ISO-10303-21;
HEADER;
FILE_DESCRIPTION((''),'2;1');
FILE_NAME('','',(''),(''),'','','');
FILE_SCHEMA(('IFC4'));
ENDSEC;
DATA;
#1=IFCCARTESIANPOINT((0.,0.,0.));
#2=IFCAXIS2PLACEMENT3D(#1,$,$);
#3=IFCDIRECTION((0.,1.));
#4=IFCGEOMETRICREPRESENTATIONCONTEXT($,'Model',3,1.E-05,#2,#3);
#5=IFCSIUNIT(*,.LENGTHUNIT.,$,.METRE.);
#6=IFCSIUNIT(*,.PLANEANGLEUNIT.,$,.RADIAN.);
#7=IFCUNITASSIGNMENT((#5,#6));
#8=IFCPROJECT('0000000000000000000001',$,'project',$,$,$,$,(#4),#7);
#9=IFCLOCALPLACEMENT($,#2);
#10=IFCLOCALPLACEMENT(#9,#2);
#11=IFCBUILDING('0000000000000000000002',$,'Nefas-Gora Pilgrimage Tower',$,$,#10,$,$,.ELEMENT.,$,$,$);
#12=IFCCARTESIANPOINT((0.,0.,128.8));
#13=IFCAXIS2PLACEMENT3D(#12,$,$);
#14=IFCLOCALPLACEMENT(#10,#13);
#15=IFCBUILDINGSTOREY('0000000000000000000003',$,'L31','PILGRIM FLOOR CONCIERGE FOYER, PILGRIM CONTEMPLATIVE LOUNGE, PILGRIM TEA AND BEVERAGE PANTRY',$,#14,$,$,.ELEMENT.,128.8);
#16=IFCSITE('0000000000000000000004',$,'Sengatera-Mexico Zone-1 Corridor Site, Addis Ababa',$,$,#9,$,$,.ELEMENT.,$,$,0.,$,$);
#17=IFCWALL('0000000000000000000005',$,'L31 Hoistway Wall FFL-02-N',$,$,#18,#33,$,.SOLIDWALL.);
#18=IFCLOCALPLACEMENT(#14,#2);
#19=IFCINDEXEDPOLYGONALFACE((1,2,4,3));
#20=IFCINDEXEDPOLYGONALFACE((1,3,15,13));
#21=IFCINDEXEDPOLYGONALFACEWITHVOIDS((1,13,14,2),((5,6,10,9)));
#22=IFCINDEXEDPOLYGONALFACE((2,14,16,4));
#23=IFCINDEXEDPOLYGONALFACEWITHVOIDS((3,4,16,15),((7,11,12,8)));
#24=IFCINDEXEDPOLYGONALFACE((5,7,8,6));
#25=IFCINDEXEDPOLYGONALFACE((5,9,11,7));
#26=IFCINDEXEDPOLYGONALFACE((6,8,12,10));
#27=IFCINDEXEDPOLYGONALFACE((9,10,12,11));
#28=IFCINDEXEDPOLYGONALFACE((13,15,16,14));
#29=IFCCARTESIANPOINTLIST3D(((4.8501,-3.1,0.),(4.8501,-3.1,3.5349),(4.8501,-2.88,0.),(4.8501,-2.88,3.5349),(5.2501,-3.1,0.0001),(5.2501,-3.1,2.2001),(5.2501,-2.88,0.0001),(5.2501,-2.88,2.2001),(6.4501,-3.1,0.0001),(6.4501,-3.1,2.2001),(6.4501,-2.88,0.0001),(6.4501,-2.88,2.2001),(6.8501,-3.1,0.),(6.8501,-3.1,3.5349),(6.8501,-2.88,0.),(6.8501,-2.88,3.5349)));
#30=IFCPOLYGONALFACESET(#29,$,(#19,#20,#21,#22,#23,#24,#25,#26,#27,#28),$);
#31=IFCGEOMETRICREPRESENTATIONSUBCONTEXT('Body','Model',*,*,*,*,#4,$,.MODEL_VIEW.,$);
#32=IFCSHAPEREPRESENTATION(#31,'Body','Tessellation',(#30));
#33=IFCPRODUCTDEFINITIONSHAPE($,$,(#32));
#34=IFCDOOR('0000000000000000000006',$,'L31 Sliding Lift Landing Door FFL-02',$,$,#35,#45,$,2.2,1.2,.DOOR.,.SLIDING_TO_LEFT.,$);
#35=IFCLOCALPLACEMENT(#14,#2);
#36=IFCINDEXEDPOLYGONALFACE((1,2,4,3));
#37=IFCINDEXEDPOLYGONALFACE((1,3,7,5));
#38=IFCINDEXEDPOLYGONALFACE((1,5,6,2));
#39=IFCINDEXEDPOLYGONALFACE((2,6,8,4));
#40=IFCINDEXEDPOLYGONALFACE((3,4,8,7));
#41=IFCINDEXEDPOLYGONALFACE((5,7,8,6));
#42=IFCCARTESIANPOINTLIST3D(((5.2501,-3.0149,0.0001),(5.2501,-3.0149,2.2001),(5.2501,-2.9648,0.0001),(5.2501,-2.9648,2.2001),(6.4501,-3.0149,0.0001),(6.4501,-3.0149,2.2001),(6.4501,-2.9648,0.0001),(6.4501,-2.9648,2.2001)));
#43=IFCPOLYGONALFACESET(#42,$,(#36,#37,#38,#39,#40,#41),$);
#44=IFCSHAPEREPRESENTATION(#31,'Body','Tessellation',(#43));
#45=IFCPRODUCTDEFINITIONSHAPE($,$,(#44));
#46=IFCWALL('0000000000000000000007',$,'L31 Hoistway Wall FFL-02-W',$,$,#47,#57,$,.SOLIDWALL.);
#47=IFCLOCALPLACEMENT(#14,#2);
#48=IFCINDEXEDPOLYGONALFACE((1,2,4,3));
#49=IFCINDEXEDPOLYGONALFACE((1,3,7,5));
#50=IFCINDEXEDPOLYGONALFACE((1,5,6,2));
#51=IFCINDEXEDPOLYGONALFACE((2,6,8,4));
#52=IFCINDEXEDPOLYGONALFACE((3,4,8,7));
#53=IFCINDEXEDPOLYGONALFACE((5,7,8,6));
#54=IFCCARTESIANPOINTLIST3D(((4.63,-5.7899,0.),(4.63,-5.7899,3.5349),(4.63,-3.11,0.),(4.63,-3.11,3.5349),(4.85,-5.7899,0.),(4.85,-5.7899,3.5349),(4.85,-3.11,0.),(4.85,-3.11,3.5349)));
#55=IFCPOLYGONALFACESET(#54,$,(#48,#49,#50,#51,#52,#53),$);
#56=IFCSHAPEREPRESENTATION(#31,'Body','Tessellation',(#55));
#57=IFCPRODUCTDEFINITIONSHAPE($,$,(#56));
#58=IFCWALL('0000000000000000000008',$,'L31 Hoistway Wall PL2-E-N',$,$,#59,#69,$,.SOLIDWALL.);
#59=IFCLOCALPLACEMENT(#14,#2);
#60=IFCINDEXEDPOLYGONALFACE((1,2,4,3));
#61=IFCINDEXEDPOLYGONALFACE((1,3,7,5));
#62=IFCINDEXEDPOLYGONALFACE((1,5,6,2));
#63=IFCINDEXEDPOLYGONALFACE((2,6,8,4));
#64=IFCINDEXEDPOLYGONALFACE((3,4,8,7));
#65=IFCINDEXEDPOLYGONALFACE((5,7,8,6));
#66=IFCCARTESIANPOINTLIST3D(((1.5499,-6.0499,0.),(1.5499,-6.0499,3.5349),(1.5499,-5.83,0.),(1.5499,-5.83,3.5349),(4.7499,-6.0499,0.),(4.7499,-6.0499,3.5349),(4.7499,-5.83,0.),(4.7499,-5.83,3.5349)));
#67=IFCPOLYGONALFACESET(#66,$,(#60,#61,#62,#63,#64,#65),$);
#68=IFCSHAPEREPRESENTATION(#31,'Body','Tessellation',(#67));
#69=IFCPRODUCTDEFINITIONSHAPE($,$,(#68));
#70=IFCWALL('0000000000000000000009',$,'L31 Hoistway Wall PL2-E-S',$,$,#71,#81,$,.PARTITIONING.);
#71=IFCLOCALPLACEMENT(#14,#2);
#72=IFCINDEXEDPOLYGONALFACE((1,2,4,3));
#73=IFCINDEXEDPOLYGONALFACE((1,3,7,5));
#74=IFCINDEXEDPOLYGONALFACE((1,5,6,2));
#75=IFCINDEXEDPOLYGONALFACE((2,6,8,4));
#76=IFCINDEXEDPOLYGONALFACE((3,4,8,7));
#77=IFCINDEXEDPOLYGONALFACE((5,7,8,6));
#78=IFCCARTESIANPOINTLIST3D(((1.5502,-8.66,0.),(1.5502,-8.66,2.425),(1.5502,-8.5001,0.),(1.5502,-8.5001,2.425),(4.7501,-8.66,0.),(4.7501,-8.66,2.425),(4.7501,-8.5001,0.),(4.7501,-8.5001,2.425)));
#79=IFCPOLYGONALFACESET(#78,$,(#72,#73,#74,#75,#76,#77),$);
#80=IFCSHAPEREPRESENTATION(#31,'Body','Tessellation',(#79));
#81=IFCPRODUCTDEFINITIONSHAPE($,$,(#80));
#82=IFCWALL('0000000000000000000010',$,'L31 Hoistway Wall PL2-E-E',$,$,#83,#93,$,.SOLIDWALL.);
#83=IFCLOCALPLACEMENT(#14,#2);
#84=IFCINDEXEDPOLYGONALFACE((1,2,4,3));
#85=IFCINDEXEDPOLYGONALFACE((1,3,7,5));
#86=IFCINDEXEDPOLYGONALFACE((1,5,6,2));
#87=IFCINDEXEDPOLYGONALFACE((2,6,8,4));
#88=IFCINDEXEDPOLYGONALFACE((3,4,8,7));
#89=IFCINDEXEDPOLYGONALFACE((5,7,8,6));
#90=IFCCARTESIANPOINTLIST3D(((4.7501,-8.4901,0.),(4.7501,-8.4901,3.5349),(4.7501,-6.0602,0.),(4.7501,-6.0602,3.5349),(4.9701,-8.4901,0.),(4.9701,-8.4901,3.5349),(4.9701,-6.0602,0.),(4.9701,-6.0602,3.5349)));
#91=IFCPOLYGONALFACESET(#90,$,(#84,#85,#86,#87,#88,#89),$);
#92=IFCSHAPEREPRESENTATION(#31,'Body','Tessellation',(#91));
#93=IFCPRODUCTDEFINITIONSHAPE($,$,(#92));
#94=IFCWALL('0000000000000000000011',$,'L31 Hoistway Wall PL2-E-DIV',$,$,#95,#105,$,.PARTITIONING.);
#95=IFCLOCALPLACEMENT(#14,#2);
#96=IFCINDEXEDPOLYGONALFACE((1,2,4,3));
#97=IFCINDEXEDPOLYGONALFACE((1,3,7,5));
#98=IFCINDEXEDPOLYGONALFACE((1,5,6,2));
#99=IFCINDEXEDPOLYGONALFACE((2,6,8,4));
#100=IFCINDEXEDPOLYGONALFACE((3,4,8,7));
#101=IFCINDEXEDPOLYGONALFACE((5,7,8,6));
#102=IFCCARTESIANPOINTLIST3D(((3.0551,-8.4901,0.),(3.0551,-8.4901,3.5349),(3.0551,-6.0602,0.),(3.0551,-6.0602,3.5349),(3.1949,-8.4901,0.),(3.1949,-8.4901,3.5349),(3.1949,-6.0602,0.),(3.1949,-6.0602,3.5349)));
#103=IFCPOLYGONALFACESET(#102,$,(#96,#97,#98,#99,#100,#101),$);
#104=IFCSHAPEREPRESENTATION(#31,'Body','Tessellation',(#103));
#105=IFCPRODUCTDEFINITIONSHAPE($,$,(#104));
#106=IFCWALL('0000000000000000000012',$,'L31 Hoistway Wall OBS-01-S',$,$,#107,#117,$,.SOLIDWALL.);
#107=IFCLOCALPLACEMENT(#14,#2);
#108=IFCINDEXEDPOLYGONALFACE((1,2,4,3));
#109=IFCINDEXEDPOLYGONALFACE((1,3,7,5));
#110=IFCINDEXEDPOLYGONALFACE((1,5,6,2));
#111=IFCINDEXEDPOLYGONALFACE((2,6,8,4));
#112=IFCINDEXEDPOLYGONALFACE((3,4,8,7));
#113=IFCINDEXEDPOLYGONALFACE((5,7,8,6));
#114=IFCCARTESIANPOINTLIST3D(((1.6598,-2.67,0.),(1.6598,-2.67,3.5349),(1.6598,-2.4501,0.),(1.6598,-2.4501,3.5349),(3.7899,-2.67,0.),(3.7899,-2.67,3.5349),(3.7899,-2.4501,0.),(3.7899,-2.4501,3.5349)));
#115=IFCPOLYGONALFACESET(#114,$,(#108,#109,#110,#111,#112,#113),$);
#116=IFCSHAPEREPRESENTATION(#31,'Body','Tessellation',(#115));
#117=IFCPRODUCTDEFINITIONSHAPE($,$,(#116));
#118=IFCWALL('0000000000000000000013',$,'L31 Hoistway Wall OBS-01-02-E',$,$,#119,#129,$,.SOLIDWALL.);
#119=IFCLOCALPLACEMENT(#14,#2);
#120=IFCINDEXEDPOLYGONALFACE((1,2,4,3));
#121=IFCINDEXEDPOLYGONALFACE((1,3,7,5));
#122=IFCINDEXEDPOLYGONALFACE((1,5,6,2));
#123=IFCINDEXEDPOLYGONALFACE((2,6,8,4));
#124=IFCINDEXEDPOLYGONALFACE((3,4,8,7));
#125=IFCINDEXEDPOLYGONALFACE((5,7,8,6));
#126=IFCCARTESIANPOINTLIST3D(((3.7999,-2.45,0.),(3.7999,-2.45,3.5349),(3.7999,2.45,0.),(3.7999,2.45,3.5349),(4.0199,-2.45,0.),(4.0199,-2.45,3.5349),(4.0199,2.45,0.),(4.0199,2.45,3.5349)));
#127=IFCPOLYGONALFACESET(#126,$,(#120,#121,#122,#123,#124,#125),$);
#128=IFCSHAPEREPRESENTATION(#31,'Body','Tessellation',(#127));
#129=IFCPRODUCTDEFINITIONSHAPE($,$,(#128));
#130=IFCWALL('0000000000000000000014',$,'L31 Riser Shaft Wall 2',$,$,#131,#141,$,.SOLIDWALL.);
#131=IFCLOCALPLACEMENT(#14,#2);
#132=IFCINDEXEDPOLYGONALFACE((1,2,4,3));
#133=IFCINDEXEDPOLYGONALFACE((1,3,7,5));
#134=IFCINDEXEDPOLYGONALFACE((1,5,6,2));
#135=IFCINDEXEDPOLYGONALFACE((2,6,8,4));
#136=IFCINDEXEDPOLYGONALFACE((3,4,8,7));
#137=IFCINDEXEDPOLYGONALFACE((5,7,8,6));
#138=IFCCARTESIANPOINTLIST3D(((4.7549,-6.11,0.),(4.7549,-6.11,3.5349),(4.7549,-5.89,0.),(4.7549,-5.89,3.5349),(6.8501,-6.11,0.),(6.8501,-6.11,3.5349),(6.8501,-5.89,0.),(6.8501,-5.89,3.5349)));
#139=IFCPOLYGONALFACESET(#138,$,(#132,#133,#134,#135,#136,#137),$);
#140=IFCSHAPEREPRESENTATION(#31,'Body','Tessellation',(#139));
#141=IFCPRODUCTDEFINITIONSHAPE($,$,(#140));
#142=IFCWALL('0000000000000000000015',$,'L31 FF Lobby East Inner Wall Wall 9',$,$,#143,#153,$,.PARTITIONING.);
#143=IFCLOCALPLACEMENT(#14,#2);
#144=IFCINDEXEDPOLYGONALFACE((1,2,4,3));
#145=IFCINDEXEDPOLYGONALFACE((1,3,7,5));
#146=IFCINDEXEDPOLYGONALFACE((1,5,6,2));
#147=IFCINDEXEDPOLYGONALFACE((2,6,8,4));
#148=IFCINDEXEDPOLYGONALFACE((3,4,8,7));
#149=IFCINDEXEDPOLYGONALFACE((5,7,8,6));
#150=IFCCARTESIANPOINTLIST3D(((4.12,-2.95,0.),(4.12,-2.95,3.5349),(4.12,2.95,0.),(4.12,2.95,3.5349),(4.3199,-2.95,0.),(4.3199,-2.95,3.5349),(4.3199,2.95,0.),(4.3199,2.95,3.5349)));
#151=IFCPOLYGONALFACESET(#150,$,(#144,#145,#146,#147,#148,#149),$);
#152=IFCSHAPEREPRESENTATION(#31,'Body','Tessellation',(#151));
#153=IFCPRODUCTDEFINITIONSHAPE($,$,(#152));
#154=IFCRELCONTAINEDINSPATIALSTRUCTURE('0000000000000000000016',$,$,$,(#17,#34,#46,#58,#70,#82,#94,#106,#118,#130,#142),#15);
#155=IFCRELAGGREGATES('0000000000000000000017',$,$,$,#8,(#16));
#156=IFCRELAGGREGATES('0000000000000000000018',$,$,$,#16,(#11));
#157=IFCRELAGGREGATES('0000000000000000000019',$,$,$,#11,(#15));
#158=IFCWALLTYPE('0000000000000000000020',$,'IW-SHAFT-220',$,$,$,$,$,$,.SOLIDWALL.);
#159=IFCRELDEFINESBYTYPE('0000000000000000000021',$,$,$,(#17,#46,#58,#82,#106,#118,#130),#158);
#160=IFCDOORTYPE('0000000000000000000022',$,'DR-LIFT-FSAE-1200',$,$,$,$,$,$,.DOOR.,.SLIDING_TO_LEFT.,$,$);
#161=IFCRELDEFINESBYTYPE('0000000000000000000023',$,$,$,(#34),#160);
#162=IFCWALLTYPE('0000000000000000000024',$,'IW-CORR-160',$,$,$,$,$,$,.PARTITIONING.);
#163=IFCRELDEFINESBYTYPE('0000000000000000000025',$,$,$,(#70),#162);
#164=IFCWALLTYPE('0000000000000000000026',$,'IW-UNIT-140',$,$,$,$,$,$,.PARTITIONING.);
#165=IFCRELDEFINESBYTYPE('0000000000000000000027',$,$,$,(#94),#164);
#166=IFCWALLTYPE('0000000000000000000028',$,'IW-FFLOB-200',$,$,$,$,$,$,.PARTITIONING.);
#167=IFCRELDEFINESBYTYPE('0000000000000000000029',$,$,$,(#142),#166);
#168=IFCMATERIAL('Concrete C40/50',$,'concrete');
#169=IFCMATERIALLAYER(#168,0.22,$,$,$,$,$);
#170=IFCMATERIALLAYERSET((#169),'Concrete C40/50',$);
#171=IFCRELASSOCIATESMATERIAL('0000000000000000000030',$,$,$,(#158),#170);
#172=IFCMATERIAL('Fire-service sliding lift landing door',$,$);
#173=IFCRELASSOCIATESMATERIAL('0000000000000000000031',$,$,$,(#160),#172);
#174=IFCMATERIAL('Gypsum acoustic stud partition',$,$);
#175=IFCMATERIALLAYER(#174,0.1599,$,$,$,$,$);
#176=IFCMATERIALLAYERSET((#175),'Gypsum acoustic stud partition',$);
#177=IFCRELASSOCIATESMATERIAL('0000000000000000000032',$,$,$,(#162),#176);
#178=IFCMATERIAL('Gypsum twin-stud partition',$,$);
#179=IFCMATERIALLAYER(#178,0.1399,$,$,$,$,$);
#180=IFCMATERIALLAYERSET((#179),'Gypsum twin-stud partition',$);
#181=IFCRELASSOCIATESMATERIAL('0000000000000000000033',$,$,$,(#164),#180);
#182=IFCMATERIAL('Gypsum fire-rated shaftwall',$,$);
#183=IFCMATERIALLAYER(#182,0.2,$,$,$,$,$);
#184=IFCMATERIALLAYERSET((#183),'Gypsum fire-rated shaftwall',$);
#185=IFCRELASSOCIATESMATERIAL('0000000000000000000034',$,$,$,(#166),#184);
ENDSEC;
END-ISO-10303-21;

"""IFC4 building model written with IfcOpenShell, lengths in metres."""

from ifc_helpers import new_model, si_unit, direction, frame, frame_2d, origin, place, context, subcontext, project, spatial, rectangle, extrude, source, transform, mapped, material, layer, layer_set, type_object, element, fill, save


model = new_model("IFC4")

# Units and contexts
model_context = context("Model", 3, precision=1e-05, world=origin(), true_north=direction((0.0, 1.0)))
body_context = subcontext(model_context, "Body", "Model", "MODEL_VIEW")
ifc_project = project(units=[si_unit("LENGTHUNIT", "METRE"), si_unit("PLANEANGLEUNIT", "RADIAN")], contexts=[model_context])

# Site, building, storey
site_placement = place(None, origin())
site = spatial("IfcSite", under=ifc_project, at=site_placement, Name="Sengatera-Mexico Zone-1 Corridor Site, Addis Ababa", CompositionType="ELEMENT", RefElevation=0.0)
building_placement = place(site_placement, origin())
building = spatial("IfcBuilding", under=site, at=building_placement, Name="Nefas-Gora Pilgrimage Tower", CompositionType="ELEMENT")
storey_placement = place(building_placement, frame((0.0, 0.0, 128.8)))
storey = spatial("IfcBuildingStorey", under=building, at=storey_placement, Name="L31", Description="PILGRIM FLOOR CONCIERGE FOYER, PILGRIM CONTEMPLATIVE LOUNGE, PILGRIM TEA AND BEVERAGE PANTRY", CompositionType="ELEMENT", Elevation=128.8)

# Wall, opening, door
ifc_material_1 = material(Name="Concrete C40/50", Category="concrete")
ifc_layer_1 = layer(ifc_material_1, 0.22)
ifc_layer_set_1 = layer_set([ifc_layer_1], Name="Concrete C40/50")
wall_type_1 = type_object("IfcWallType", Name="IW-SHAFT-220", PredefinedType="SOLIDWALL", material=ifc_layer_set_1)
shared_shape_1 = source(origin(), body_context, "Body", "SweptSolid", [
    extrude(rectangle(XDim=2.0, YDim=0.22, at=frame_2d((1.0, 0.0))), origin(), (0.0, 0.0, 1.0), 3.5349),
])
wall_1_placement = place(storey_placement, frame((6.8501, -2.99, 0.0), z_axis=(0.0, 0.0, 1.0), x_axis=(-1.0, 0.0, 0.0)))
wall_1 = element("IfcWall", 1, at=wall_1_placement, inside=storey, type_object=wall_type_1, Name="L31 Hoistway Wall FFL-02-N", PredefinedType="SOLIDWALL", context=body_context, shape_type="MappedRepresentation", body=[
    mapped(shared_shape_1, transform((0.0, 0.0, 0.0), x_axis=(1.0, 0.0, 0.0), y_axis=(0.0, 1.0, 0.0), z_axis=(0.0, 0.0, 1.0), scale=1.0)),
])
opening_1_placement = place(wall_1_placement, frame((0.3999, 0.0, 0.0)))
opening_1 = element("IfcOpeningElement", 2, at=opening_1_placement, cuts=wall_1, PredefinedType="OPENING", context=body_context, shape_type="SweptSolid", body=[
    extrude(rectangle(XDim=1.2, YDim=2.2, at=frame_2d((0.6001, 1.1001))), frame((0.0, 0.1199, 0.0), z_axis=(0.0, -1.0, 0.0), x_axis=(1.0, 0.0, 0.0)), (0.0, 0.0, 1.0), 0.24),
])
ifc_material_2 = material(Name="Fire-service sliding lift landing door")
door_type_1 = type_object("IfcDoorType", Name="DR-LIFT-FSAE-1200", OperationType="SLIDING_TO_LEFT", PredefinedType="DOOR", material=ifc_material_2)
shared_shape_2 = source(origin(), body_context, "Body", "SweptSolid", [
    extrude(rectangle(XDim=1.2, YDim=2.2, at=frame_2d((0.6001, 1.1001))), frame((0.0, 0.0249, 0.0), z_axis=(0.0, -1.0, 0.0), x_axis=(1.0, 0.0, 0.0)), (0.0, 0.0, 1.0), 0.05),
])
door_1_placement = place(opening_1_placement, origin())
door_1 = element("IfcDoor", 3, at=door_1_placement, inside=storey, type_object=door_type_1, Name="L31 Sliding Lift Landing Door FFL-02", OperationType="SLIDING_TO_LEFT", OverallHeight=2.2, OverallWidth=1.2, PredefinedType="DOOR", context=body_context, shape_type="MappedRepresentation", body=[
    mapped(shared_shape_2, transform((0.0, 0.0, 0.0), x_axis=(1.0, 0.0, 0.0), y_axis=(0.0, 1.0, 0.0), z_axis=(0.0, 0.0, 1.0), scale=1.0)),
])
fill(opening_1, door_1)

# Walls
shared_shape_3 = source(origin(), body_context, "Body", "SweptSolid", [
    extrude(rectangle(XDim=2.6799, YDim=0.22, at=frame_2d((1.3398, 0.0))), origin(), (0.0, 0.0, 1.0), 3.5349),
])
wall_2_placement = place(storey_placement, frame((4.74, -3.1101, 0.0), z_axis=(0.0, 0.0, 1.0), x_axis=(0.0, -1.0, 0.0)))
element("IfcWall", 4, at=wall_2_placement, inside=storey, type_object=wall_type_1, Name="L31 Hoistway Wall FFL-02-W", PredefinedType="SOLIDWALL", context=body_context, shape_type="MappedRepresentation", body=[
    mapped(shared_shape_3, transform((0.0, 0.0, 0.0), x_axis=(1.0, 0.0, 0.0), y_axis=(0.0, 1.0, 0.0), z_axis=(0.0, 0.0, 1.0), scale=1.0)),
])
shared_shape_4 = source(origin(), body_context, "Body", "SweptSolid", [
    extrude(rectangle(XDim=3.2, YDim=0.22, at=frame_2d((1.6001, 0.0))), origin(), (0.0, 0.0, 1.0), 3.5349),
])
wall_3_placement = place(storey_placement, frame((4.75, -5.9399, 0.0), z_axis=(0.0, 0.0, 1.0), x_axis=(-1.0, 0.0, 0.0)))
element("IfcWall", 5, at=wall_3_placement, inside=storey, type_object=wall_type_1, Name="L31 Hoistway Wall PL2-E-N", PredefinedType="SOLIDWALL", context=body_context, shape_type="MappedRepresentation", body=[
    mapped(shared_shape_4, transform((0.0, 0.0, 0.0), x_axis=(1.0, 0.0, 0.0), y_axis=(0.0, 1.0, 0.0), z_axis=(0.0, 0.0, 1.0), scale=1.0)),
])
ifc_material_3 = material(Name="Gypsum acoustic stud partition")
ifc_layer_2 = layer(ifc_material_3, 0.1599)
ifc_layer_set_2 = layer_set([ifc_layer_2], Name="Gypsum acoustic stud partition")
wall_type_2 = type_object("IfcWallType", Name="IW-CORR-160", PredefinedType="PARTITIONING", material=ifc_layer_set_2)
shared_shape_5 = source(origin(), body_context, "Body", "SweptSolid", [
    extrude(rectangle(XDim=3.2, YDim=0.1599, at=frame_2d((1.6001, 0.0))), origin(), (0.0, 0.0, 1.0), 2.425),
])
wall_4_placement = place(storey_placement, frame((1.55, -8.5801, 0.0), z_axis=(0.0, 0.0, 1.0), x_axis=(1.0, 0.0, 0.0)))
element("IfcWall", 6, at=wall_4_placement, inside=storey, type_object=wall_type_2, Name="L31 Hoistway Wall PL2-E-S", PredefinedType="PARTITIONING", context=body_context, shape_type="MappedRepresentation", body=[
    mapped(shared_shape_5, transform((0.0, 0.0, 0.0), x_axis=(1.0, 0.0, 0.0), y_axis=(0.0, 1.0, 0.0), z_axis=(0.0, 0.0, 1.0), scale=1.0)),
])
shared_shape_6 = source(origin(), body_context, "Body", "SweptSolid", [
    extrude(rectangle(XDim=2.4299, YDim=0.22, at=frame_2d((1.2148, 0.0))), origin(), (0.0, 0.0, 1.0), 3.5349),
])
for number, where, z_axis, x_axis, name in (
    (7, (4.8601, -8.49, 0.0), (0.0, 0.0, 1.0), (0.0, 1.0, 0.0), "L31 Hoistway Wall PL2-E-E"),
):
    element("IfcWall", number, at=place(storey_placement, frame(where, z_axis=z_axis, x_axis=x_axis)), inside=storey, type_object=wall_type_1, Name=name, PredefinedType="SOLIDWALL", context=body_context, shape_type="MappedRepresentation", body=[
        mapped(shared_shape_6, transform((0.0, 0.0, 0.0), x_axis=(1.0, 0.0, 0.0), y_axis=(0.0, 1.0, 0.0), z_axis=(0.0, 0.0, 1.0), scale=1.0)),
    ])
ifc_material_4 = material(Name="Gypsum twin-stud partition")
ifc_layer_3 = layer(ifc_material_4, 0.1399)
ifc_layer_set_3 = layer_set([ifc_layer_3], Name="Gypsum twin-stud partition")
wall_type_3 = type_object("IfcWallType", Name="IW-UNIT-140", PredefinedType="PARTITIONING", material=ifc_layer_set_3)
shared_shape_7 = source(origin(), body_context, "Body", "SweptSolid", [
    extrude(rectangle(XDim=2.4299, YDim=0.1399, at=frame_2d((1.2148, 0.0))), origin(), (0.0, 0.0, 1.0), 3.5349),
])
wall_5_placement = place(storey_placement, frame((3.125, -8.49, 0.0), z_axis=(0.0, 0.0, 1.0), x_axis=(0.0, 1.0, 0.0)))
element("IfcWall", 8, at=wall_5_placement, inside=storey, type_object=wall_type_3, Name="L31 Hoistway Wall PL2-E-DIV", PredefinedType="PARTITIONING", context=body_context, shape_type="MappedRepresentation", body=[
    mapped(shared_shape_7, transform((0.0, 0.0, 0.0), x_axis=(1.0, 0.0, 0.0), y_axis=(0.0, 1.0, 0.0), z_axis=(0.0, 0.0, 1.0), scale=1.0)),
])
shared_shape_8 = source(origin(), body_context, "Body", "SweptSolid", [
    extrude(rectangle(XDim=2.1301, YDim=0.22, at=frame_2d((1.0649, 0.0))), origin(), (0.0, 0.0, 1.0), 3.5349),
])
wall_6_placement = place(storey_placement, frame((1.6599, -2.5601, 0.0), z_axis=(0.0, 0.0, 1.0), x_axis=(1.0, 0.0, 0.0)))
element("IfcWall", 9, at=wall_6_placement, inside=storey, type_object=wall_type_1, Name="L31 Hoistway Wall OBS-01-S", PredefinedType="SOLIDWALL", context=body_context, shape_type="MappedRepresentation", body=[
    mapped(shared_shape_8, transform((0.0, 0.0, 0.0), x_axis=(1.0, 0.0, 0.0), y_axis=(0.0, 1.0, 0.0), z_axis=(0.0, 0.0, 1.0), scale=1.0)),
])
shared_shape_9 = source(origin(), body_context, "Body", "SweptSolid", [
    extrude(rectangle(XDim=4.8999, YDim=0.22, at=frame_2d((2.45, 0.0))), origin(), (0.0, 0.0, 1.0), 3.5349),
])
wall_7_placement = place(storey_placement, frame((3.9099, -2.45, 0.0), z_axis=(0.0, 0.0, 1.0), x_axis=(0.0, 1.0, 0.0)))
element("IfcWall", 10, at=wall_7_placement, inside=storey, type_object=wall_type_1, Name="L31 Hoistway Wall OBS-01-02-E", PredefinedType="SOLIDWALL", context=body_context, shape_type="MappedRepresentation", body=[
    mapped(shared_shape_9, transform((0.0, 0.0, 0.0), x_axis=(1.0, 0.0, 0.0), y_axis=(0.0, 1.0, 0.0), z_axis=(0.0, 0.0, 1.0), scale=1.0)),
])
shared_shape_10 = source(origin(), body_context, "Body", "SweptSolid", [
    extrude(rectangle(XDim=2.0952, YDim=0.22, at=frame_2d((1.0476, 0.0))), origin(), (0.0, 0.0, 1.0), 3.5349),
])
wall_8_placement = place(storey_placement, frame((4.7549, -6.0, 0.0), z_axis=(0.0, 0.0, 1.0), x_axis=(1.0, 0.0, 0.0)))
element("IfcWall", 11, at=wall_8_placement, inside=storey, type_object=wall_type_1, Name="L31 Riser Shaft Wall 2", PredefinedType="SOLIDWALL", context=body_context, shape_type="MappedRepresentation", body=[
    mapped(shared_shape_10, transform((0.0, 0.0, 0.0), x_axis=(1.0, 0.0, 0.0), y_axis=(0.0, 1.0, 0.0), z_axis=(0.0, 0.0, 1.0), scale=1.0)),
])

# Shared definitions
ifc_material_5 = material(Name="Gypsum fire-rated shaftwall")
ifc_layer_4 = layer(ifc_material_5, 0.2)
ifc_layer_set_4 = layer_set([ifc_layer_4], Name="Gypsum fire-rated shaftwall")
wall_type_4 = type_object("IfcWallType", Name="IW-FFLOB-200", PredefinedType="PARTITIONING", material=ifc_layer_set_4)

# Wall
shared_shape_11 = source(origin(), body_context, "Body", "SweptSolid", [
    extrude(rectangle(XDim=5.8999, YDim=0.2, at=frame_2d((2.95, 0.0))), origin(), (0.0, 0.0, 1.0), 3.5349),
])
wall_9_placement = place(storey_placement, frame((4.22, -2.95, 0.0), z_axis=(0.0, 0.0, 1.0), x_axis=(0.0, 1.0, 0.0)))
element("IfcWall", 12, at=wall_9_placement, inside=storey, type_object=wall_type_4, Name="L31 FF Lobby East Inner Wall Wall 9", PredefinedType="PARTITIONING", context=body_context, shape_type="MappedRepresentation", body=[
    mapped(shared_shape_11, transform((0.0, 0.0, 0.0), x_axis=(1.0, 0.0, 0.0), y_axis=(0.0, 1.0, 0.0), z_axis=(0.0, 0.0, 1.0), scale=1.0)),
])

save(model, "model.ifc")
